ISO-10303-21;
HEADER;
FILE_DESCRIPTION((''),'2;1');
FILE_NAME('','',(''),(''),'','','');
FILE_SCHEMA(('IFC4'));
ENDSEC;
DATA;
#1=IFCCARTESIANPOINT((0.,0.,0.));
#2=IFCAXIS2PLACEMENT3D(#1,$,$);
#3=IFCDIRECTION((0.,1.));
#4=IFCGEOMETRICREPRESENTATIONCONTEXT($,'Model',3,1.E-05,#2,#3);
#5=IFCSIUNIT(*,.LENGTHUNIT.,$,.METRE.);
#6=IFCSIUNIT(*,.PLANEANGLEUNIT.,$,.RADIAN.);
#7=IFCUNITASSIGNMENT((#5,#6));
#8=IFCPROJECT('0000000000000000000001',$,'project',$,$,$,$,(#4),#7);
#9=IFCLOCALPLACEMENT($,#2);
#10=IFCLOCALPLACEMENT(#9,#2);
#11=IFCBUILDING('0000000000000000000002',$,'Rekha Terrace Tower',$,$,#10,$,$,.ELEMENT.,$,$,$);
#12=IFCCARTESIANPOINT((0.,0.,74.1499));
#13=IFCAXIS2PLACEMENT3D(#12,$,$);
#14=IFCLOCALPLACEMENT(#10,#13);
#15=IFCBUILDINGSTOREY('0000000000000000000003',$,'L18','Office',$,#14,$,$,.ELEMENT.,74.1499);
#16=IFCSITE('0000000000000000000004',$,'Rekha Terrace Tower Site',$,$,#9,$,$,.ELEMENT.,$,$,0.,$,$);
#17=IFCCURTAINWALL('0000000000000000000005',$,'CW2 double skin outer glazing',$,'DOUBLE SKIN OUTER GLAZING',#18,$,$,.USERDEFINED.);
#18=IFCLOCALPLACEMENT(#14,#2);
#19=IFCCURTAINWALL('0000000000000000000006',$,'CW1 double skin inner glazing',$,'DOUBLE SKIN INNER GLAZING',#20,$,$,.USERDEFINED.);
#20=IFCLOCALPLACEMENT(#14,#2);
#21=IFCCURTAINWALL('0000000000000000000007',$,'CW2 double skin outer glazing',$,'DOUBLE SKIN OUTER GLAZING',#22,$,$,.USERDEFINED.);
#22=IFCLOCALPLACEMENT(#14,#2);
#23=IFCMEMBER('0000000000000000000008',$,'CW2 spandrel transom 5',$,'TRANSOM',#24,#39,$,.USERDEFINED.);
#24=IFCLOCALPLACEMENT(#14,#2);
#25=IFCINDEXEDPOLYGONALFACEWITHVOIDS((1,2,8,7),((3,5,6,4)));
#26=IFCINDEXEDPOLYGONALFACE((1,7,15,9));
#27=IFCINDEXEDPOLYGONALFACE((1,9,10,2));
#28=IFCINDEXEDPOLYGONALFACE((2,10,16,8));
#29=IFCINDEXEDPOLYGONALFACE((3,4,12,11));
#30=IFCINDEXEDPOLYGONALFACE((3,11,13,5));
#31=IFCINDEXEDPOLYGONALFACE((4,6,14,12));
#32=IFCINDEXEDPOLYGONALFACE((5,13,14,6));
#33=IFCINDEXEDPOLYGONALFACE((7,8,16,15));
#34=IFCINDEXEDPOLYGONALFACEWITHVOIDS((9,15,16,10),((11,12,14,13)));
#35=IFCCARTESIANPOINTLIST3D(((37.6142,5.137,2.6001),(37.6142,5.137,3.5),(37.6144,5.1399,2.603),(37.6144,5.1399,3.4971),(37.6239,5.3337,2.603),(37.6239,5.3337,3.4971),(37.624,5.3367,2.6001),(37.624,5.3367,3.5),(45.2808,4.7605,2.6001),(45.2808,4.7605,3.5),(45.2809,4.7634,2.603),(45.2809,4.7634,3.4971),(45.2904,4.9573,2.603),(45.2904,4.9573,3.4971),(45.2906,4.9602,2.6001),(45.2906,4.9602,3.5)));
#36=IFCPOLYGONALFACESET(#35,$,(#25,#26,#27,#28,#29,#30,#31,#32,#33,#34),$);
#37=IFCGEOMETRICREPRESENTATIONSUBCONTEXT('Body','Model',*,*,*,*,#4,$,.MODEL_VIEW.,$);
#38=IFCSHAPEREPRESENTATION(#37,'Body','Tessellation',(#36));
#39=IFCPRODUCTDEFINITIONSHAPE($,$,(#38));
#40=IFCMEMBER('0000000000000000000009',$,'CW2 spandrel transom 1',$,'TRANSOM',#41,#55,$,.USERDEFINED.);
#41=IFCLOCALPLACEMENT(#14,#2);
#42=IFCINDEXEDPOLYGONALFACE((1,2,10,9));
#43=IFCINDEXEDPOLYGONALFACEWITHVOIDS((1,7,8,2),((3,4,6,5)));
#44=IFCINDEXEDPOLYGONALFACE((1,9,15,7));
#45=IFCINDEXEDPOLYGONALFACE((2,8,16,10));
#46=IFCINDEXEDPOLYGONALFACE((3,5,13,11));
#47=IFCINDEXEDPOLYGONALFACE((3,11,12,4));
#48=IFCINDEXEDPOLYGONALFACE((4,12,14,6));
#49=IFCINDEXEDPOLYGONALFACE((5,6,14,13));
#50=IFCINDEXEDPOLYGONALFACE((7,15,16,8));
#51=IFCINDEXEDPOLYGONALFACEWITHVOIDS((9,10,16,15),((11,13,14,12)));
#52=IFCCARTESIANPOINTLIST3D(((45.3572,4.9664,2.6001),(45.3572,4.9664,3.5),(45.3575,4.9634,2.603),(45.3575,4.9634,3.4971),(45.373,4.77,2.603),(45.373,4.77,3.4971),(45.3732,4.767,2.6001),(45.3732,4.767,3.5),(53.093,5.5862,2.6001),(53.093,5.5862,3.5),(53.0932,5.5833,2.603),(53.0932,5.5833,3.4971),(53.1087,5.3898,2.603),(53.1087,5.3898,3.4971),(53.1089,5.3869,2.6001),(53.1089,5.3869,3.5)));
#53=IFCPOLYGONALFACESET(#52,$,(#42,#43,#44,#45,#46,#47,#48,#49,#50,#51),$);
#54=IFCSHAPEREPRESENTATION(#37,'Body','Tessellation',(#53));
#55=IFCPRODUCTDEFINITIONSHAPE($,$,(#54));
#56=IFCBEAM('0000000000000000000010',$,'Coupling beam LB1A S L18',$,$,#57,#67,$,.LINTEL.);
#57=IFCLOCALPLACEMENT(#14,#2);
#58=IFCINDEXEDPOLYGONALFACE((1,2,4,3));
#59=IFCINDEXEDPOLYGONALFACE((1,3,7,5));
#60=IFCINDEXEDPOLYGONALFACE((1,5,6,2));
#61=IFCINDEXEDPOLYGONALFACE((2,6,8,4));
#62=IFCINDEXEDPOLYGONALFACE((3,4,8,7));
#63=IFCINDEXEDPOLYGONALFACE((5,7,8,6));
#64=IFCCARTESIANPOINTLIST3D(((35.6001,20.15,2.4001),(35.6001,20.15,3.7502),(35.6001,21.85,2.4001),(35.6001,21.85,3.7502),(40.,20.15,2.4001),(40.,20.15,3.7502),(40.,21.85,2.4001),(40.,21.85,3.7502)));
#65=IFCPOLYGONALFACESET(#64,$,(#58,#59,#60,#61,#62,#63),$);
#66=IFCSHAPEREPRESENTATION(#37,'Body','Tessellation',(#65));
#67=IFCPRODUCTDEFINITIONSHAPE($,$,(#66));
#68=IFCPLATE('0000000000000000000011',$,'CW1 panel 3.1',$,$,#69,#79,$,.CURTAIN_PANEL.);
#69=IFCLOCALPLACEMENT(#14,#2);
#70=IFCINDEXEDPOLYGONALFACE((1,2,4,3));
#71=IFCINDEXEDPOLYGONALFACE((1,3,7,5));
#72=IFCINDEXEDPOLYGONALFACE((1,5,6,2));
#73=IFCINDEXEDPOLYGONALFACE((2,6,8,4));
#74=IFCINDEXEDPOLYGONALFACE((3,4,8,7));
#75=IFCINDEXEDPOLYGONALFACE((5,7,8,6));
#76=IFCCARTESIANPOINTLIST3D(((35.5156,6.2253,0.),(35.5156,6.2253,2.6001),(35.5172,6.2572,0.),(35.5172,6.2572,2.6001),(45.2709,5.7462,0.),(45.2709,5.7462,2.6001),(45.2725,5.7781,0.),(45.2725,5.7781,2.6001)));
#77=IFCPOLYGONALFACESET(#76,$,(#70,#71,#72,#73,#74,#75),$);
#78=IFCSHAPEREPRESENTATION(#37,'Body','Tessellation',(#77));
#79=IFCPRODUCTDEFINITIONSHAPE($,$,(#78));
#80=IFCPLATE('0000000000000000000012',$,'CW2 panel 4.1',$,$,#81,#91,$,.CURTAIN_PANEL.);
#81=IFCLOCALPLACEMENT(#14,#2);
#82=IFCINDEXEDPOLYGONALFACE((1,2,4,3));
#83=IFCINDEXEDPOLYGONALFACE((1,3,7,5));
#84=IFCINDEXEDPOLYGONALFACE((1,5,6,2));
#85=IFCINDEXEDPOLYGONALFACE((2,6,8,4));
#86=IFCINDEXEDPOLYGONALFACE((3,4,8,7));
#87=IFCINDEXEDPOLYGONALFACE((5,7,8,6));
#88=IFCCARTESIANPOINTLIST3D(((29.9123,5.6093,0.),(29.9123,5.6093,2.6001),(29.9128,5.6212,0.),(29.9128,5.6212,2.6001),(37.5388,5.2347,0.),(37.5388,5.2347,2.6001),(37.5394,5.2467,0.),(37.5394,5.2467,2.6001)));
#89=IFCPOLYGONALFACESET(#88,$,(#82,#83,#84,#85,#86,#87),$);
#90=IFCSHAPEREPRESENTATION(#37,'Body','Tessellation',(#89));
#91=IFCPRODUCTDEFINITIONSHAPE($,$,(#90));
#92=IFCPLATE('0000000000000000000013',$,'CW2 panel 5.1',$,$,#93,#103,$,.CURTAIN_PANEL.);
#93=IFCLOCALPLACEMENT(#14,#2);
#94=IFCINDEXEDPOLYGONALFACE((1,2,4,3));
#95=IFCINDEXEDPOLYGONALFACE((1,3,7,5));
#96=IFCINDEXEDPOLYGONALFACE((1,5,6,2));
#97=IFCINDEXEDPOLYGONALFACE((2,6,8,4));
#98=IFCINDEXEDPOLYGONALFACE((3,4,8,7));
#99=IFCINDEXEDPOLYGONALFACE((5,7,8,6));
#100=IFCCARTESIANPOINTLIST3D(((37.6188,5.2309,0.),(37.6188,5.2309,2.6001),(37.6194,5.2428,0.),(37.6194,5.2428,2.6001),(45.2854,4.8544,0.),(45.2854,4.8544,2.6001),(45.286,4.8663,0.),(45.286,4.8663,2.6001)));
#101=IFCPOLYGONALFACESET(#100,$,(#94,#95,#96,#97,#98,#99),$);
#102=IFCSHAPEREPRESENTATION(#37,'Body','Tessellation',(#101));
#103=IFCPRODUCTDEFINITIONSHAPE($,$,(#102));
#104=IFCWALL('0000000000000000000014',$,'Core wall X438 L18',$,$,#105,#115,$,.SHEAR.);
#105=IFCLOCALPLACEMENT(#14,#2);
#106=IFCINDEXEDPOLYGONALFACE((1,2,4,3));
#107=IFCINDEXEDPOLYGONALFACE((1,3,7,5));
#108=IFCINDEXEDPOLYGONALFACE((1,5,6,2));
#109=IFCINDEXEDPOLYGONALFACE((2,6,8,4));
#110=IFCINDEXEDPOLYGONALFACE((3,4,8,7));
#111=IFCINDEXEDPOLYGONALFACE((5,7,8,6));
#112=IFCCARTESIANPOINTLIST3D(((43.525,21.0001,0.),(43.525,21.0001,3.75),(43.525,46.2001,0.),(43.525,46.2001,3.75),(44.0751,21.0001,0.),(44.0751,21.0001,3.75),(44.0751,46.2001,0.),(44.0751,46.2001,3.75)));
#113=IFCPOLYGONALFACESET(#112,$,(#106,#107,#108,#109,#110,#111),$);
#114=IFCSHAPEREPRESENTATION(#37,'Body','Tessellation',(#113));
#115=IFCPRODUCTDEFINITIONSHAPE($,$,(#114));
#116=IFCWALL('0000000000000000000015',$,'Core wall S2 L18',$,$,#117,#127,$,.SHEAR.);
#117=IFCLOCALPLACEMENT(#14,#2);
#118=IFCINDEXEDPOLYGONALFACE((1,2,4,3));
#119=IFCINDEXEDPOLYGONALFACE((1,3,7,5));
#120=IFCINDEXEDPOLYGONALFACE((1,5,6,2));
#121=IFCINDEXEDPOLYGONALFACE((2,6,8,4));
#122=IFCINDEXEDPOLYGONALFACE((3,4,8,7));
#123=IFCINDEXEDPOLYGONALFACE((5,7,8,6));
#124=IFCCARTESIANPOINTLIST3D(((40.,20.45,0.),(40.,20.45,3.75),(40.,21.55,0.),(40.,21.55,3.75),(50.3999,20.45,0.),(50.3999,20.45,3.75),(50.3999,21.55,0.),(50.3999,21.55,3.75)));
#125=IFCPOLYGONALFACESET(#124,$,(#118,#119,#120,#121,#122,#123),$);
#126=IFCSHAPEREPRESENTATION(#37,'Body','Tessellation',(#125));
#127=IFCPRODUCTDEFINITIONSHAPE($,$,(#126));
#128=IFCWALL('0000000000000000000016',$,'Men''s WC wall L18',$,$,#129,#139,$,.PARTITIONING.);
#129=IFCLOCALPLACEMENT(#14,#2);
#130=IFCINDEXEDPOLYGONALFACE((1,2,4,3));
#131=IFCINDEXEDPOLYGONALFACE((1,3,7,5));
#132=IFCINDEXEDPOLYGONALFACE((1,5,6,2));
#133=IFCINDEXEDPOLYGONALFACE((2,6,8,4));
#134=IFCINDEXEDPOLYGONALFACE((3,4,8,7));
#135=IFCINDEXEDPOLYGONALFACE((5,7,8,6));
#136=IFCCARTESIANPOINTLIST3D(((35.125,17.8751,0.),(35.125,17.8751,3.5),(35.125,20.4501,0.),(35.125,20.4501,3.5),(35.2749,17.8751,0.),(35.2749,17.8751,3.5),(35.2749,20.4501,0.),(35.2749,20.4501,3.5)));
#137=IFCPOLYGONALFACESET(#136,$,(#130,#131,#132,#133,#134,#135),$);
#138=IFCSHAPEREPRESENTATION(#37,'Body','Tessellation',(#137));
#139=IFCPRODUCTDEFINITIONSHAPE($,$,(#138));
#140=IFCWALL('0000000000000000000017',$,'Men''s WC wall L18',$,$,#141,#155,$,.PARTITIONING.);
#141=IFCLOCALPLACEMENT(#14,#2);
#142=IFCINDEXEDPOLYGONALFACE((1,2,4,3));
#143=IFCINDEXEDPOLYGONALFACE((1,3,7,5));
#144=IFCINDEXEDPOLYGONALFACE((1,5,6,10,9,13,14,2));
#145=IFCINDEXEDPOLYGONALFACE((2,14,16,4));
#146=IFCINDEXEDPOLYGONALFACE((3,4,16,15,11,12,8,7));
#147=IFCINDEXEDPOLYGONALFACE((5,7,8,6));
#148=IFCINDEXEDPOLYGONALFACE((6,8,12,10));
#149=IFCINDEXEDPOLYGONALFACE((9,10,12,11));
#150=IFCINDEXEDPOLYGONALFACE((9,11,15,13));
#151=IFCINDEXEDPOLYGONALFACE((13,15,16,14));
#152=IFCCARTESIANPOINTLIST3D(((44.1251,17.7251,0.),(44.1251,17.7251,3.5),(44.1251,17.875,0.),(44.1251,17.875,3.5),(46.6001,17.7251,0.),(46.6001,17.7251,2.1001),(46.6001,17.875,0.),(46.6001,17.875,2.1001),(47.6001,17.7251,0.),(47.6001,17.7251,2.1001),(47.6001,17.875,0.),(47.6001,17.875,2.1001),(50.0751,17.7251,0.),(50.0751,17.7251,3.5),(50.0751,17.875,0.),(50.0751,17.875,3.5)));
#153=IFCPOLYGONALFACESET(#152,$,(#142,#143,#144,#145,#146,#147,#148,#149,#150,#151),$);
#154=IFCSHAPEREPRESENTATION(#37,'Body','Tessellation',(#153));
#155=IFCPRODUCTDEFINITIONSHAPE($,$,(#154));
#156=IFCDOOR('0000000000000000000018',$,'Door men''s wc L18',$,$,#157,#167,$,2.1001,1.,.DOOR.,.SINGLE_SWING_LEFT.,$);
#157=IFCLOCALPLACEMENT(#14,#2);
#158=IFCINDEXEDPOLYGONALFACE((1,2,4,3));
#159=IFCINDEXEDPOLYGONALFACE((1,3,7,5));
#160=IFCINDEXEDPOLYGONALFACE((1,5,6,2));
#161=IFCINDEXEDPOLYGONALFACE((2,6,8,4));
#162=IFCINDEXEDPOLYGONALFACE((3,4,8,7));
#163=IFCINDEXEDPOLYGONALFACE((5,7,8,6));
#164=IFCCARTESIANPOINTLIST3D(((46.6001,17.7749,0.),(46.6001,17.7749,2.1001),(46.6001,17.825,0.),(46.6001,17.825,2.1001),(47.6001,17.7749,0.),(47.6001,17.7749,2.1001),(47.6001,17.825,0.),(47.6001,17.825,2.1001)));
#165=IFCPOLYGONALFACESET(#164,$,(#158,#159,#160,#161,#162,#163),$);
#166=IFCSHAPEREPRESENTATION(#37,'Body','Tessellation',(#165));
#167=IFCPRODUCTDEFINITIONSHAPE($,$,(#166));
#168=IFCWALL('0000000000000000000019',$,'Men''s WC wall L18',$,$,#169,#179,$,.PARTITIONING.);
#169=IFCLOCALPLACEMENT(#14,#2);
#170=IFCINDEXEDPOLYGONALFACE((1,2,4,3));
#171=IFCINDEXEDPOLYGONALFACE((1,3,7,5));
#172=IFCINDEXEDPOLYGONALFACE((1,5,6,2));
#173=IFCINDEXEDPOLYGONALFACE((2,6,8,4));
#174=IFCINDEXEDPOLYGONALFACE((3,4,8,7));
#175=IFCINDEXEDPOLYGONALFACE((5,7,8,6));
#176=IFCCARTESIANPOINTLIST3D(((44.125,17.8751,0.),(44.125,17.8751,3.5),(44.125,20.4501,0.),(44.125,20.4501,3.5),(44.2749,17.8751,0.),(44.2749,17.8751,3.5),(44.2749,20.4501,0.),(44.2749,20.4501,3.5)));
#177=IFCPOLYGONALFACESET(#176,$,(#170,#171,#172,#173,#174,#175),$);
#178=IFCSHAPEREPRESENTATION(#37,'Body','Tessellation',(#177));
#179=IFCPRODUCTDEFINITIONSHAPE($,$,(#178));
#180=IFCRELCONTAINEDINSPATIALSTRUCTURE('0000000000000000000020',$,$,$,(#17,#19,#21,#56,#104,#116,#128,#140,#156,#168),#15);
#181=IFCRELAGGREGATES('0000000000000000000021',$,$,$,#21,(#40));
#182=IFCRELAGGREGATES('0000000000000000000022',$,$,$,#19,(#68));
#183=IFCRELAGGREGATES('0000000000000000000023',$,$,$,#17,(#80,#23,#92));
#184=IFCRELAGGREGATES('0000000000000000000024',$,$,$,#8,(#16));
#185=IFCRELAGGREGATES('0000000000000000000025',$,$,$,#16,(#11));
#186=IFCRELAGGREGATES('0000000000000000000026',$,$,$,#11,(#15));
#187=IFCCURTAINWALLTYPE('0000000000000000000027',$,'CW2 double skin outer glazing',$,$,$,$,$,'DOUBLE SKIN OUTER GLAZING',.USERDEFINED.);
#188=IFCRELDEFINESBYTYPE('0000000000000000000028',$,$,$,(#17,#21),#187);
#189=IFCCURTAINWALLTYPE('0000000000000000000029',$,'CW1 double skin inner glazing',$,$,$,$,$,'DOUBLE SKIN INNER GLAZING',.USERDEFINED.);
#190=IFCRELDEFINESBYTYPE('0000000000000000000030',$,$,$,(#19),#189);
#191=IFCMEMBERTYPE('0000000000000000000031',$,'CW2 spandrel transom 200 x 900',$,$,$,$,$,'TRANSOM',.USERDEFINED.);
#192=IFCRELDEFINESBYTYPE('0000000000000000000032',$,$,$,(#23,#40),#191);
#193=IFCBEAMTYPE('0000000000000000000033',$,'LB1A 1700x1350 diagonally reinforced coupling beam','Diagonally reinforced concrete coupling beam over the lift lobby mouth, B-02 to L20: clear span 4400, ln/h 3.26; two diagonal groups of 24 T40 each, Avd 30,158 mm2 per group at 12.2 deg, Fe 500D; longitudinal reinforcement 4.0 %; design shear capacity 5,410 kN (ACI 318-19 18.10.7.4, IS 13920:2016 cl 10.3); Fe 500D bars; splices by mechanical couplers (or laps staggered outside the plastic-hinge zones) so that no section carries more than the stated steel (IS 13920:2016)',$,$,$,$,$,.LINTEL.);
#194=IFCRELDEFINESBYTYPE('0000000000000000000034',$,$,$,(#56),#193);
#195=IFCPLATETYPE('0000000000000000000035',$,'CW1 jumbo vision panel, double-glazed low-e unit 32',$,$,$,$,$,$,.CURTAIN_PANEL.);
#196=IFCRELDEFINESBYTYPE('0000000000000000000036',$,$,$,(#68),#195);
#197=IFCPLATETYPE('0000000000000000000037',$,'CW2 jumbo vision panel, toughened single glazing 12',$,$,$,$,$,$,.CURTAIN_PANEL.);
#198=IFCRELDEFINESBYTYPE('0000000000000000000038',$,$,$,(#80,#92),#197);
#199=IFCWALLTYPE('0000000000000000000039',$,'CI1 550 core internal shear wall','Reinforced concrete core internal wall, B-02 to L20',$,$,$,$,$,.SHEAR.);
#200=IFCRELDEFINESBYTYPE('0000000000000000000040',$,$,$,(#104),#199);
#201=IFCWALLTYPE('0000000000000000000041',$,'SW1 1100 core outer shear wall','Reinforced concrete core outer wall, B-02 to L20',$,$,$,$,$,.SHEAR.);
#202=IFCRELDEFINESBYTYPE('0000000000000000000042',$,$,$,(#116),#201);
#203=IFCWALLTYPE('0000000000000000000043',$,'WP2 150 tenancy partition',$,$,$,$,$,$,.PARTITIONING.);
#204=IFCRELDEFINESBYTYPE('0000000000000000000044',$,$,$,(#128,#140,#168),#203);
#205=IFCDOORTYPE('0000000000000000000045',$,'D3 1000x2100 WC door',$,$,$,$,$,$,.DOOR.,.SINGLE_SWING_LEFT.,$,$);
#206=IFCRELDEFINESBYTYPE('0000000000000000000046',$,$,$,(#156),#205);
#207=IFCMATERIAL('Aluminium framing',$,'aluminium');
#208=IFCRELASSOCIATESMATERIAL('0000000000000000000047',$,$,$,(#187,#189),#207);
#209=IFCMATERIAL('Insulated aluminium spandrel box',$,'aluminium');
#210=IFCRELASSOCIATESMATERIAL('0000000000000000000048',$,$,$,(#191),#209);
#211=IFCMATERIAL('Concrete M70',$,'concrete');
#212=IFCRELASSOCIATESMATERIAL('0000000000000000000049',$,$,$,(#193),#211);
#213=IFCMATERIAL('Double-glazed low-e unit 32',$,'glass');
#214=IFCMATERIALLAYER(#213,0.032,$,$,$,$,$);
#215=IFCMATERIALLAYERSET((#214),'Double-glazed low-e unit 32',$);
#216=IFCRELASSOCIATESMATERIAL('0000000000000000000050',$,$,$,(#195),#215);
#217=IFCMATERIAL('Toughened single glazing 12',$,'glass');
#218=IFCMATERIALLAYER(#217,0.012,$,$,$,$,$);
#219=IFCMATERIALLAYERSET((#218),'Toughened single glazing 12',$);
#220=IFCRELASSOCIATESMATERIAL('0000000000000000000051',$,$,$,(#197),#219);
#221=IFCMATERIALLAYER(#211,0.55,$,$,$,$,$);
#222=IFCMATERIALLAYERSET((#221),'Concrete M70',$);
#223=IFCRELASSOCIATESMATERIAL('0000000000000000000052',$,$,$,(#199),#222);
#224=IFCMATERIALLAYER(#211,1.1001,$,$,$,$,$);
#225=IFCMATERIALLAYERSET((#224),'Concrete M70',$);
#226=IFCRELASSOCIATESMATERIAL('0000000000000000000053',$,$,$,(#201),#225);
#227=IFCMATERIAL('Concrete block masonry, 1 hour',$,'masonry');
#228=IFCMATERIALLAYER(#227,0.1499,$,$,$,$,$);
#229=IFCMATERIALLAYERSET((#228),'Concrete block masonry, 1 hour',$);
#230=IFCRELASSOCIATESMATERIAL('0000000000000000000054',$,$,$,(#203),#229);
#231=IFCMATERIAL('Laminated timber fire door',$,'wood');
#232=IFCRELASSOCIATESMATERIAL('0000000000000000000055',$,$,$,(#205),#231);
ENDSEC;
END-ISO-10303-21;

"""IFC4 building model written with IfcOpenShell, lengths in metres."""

from ifc_helpers import new_model, si_unit, direction, frame, frame_2d, origin, origin_2d, place, context, subcontext, project, spatial, rectangle, hollow_rectangle, extrude, material, layer, layer_set, material_profile, profile_set, type_object, element, fill, aggregate, save


model = new_model("IFC4")

# Units and contexts
model_context = context("Model", 3, precision=1e-05, world=origin(), true_north=direction((0.0, 1.0)))
body_context = subcontext(model_context, "Body", "Model", "MODEL_VIEW")
ifc_project = project(units=[si_unit("LENGTHUNIT", "METRE"), si_unit("PLANEANGLEUNIT", "RADIAN")], contexts=[model_context])

# Site, building, storey
site_placement = place(None, origin())
site = spatial("IfcSite", under=ifc_project, at=site_placement, Name="Rekha Terrace Tower Site", CompositionType="ELEMENT", RefElevation=0.0)
building_placement = place(site_placement, origin())
building = spatial("IfcBuilding", under=site, at=building_placement, Name="Rekha Terrace Tower", CompositionType="ELEMENT")
storey_placement = place(building_placement, frame((0.0, 0.0, 74.1499)))
storey = spatial("IfcBuildingStorey", under=building, at=storey_placement, Name="L18", Description="Office", CompositionType="ELEMENT", Elevation=74.1499)

# Shared definitions
ifc_material_1 = material(Name="Concrete M70", Category="concrete")

# Curtain walls
ifc_material_2 = material(Name="Aluminium framing", Category="aluminium")
curtain_wall_type_1 = type_object("IfcCurtainWallType", Name="CW2 double skin outer glazing", ElementType="DOUBLE SKIN OUTER GLAZING", PredefinedType="USERDEFINED", material=ifc_material_2)
curtain_wall_1_placement = place(storey_placement, origin())
curtain_wall_1 = element("IfcCurtainWall", 1, at=curtain_wall_1_placement, inside=storey, type_object=curtain_wall_type_1, Name="CW2 double skin outer glazing", ObjectType="DOUBLE SKIN OUTER GLAZING", PredefinedType="USERDEFINED")
curtain_wall_type_2 = type_object("IfcCurtainWallType", Name="CW1 double skin inner glazing", ElementType="DOUBLE SKIN INNER GLAZING", PredefinedType="USERDEFINED", material=ifc_material_2)
curtain_wall_2_placement = place(storey_placement, origin())
curtain_wall_2 = element("IfcCurtainWall", 2, at=curtain_wall_2_placement, inside=storey, type_object=curtain_wall_type_2, Name="CW1 double skin inner glazing", ObjectType="DOUBLE SKIN INNER GLAZING", PredefinedType="USERDEFINED")

# Shared definitions
ifc_material_3 = material(Name="Insulated aluminium spandrel box", Category="aluminium")

# Curtain wall
curtain_wall_3_placement = place(storey_placement, origin())
curtain_wall_3 = element("IfcCurtainWall", 3, at=curtain_wall_3_placement, inside=storey, type_object=curtain_wall_type_1, Name="CW2 double skin outer glazing", ObjectType="DOUBLE SKIN OUTER GLAZING", PredefinedType="USERDEFINED")

# Members
ifc_material_profile_1 = material_profile(ifc_material_3, hollow_rectangle(XDim=0.2, YDim=0.8999, WallThickness=0.0029, at=origin_2d()), Name="AL SPANDREL BOX 200x900")
ifc_profile_set_1 = profile_set([ifc_material_profile_1], Name="Insulated aluminium spandrel box")
member_type_1 = type_object("IfcMemberType", Name="CW2 spandrel transom 200 x 900", ElementType="TRANSOM", PredefinedType="USERDEFINED", material=ifc_profile_set_1)
member_1_placement = place(storey_placement, frame((37.6191, 5.2368, 3.05), z_axis=(0.998797, -0.049046, 0.0), x_axis=(0.049046, 0.998797, 0.0)))
member_1 = element("IfcMember", 4, at=member_1_placement, type_object=member_type_1, Name="CW2 spandrel transom 5", ObjectType="TRANSOM", PredefinedType="USERDEFINED", context=body_context, shape_type="SweptSolid", body=[
    extrude(hollow_rectangle(XDim=0.2, YDim=0.8999, WallThickness=0.0029, at=origin_2d()), origin(), (0.0, 0.0, 1.0), 7.6758),
])
member_2_placement = place(storey_placement, frame((45.3652, 4.8667, 3.05), z_axis=(0.996805, 0.079877, 0.0), x_axis=(-0.079877, 0.996805, 0.0)))
member_2 = element("IfcMember", 5, at=member_2_placement, type_object=member_type_1, Name="CW2 spandrel transom 1", ObjectType="TRANSOM", PredefinedType="USERDEFINED", context=body_context, shape_type="SweptSolid", body=[
    extrude(hollow_rectangle(XDim=0.2, YDim=0.8999, WallThickness=0.0029, at=origin_2d()), origin(), (0.0, 0.0, 1.0), 7.7605),
])
aggregate(curtain_wall_3, [member_2])

# Beam
ifc_material_profile_2 = material_profile(ifc_material_1, rectangle(XDim=1.7, YDim=1.3501, at=origin_2d()), Name="RC 1700x1350")
ifc_profile_set_2 = profile_set([ifc_material_profile_2], Name="Concrete M70")
beam_type = type_object("IfcBeamType", Name="LB1A 1700x1350 diagonally reinforced coupling beam", Description="Diagonally reinforced concrete coupling beam over the lift lobby mouth, B-02 to L20: clear span 4400, ln/h 3.26; two diagonal groups of 24 T40 each, Avd 30,158 mm2 per group at 12.2 deg, Fe 500D; longitudinal reinforcement 4.0 %; design shear capacity 5,410 kN (ACI 318-19 18.10.7.4, IS 13920:2016 cl 10.3); Fe 500D bars; splices by mechanical couplers (or laps staggered outside the plastic-hinge zones) so that no section carries more than the stated steel (IS 13920:2016)", PredefinedType="LINTEL", material=ifc_profile_set_2)
beam_placement = place(storey_placement, frame((35.6001, 21.0, 3.0752), z_axis=(1.0, 0.0, 0.0), x_axis=(0.0, 1.0, 0.0)))
element("IfcBeam", 6, at=beam_placement, inside=storey, type_object=beam_type, Name="Coupling beam LB1A S L18", PredefinedType="LINTEL", context=body_context, shape_type="SweptSolid", body=[
    extrude(rectangle(XDim=1.7, YDim=1.3501, at=origin_2d()), origin(), (0.0, 0.0, 1.0), 4.3999),
])

# Plates
ifc_material_4 = material(Name="Double-glazed low-e unit 32", Category="glass")
ifc_layer_1 = layer(ifc_material_4, 0.032)
ifc_layer_set_1 = layer_set([ifc_layer_1], Name="Double-glazed low-e unit 32")
plate_type_1 = type_object("IfcPlateType", Name="CW1 jumbo vision panel, double-glazed low-e unit 32", PredefinedType="CURTAIN_PANEL", material=ifc_layer_set_1)
plate_1_placement = place(storey_placement, frame((40.394, 6.0017, 0.0), z_axis=(0.0, 0.0, 1.0), x_axis=(0.998796, -0.049052, 0.0)))
plate_1 = element("IfcPlate", 7, at=plate_1_placement, type_object=plate_type_1, Name="CW1 panel 3.1", PredefinedType="CURTAIN_PANEL", context=body_context, shape_type="SweptSolid", body=[
    extrude(rectangle(XDim=9.7671, YDim=0.032, at=origin_2d()), origin(), (0.0, 0.0, 1.0), 2.6001),
])
aggregate(curtain_wall_2, [plate_1])
ifc_material_5 = material(Name="Toughened single glazing 12", Category="glass")
ifc_layer_2 = layer(ifc_material_5, 0.012)
ifc_layer_set_2 = layer_set([ifc_layer_2], Name="Toughened single glazing 12")
plate_type_2 = type_object("IfcPlateType", Name="CW2 jumbo vision panel, toughened single glazing 12", PredefinedType="CURTAIN_PANEL", material=ifc_layer_set_2)
plate_2_placement = place(storey_placement, frame((33.7258, 5.428, 0.0), z_axis=(0.0, 0.0, 1.0), x_axis=(0.998796, -0.049052, 0.0)))
plate_2 = element("IfcPlate", 8, at=plate_2_placement, type_object=plate_type_2, Name="CW2 panel 4.1", PredefinedType="CURTAIN_PANEL", context=body_context, shape_type="SweptSolid", body=[
    extrude(rectangle(XDim=7.6357, YDim=0.012, at=origin_2d()), origin(), (0.0, 0.0, 1.0), 2.6001),
])
plate_3_placement = place(storey_placement, frame((41.4524, 5.0486, 0.0), z_axis=(0.0, 0.0, 1.0), x_axis=(0.998796, -0.049052, 0.0)))
plate_3 = element("IfcPlate", 9, at=plate_3_placement, type_object=plate_type_2, Name="CW2 panel 5.1", PredefinedType="CURTAIN_PANEL", context=body_context, shape_type="SweptSolid", body=[
    extrude(rectangle(XDim=7.6758, YDim=0.012, at=origin_2d()), origin(), (0.0, 0.0, 1.0), 2.6001),
])
aggregate(curtain_wall_1, [plate_2, member_1, plate_3])

# Walls
ifc_layer_3 = layer(ifc_material_1, 0.55)
ifc_layer_set_3 = layer_set([ifc_layer_3], Name="Concrete M70")
wall_type_1 = type_object("IfcWallType", Name="CI1 550 core internal shear wall", Description="Reinforced concrete core internal wall, B-02 to L20", PredefinedType="SHEAR", material=ifc_layer_set_3)
wall_1_placement = place(storey_placement, frame((43.8, 21.0, 0.0), z_axis=(0.0, 0.0, 1.0), x_axis=(0.0, 1.0, 0.0)))
element("IfcWall", 10, at=wall_1_placement, inside=storey, type_object=wall_type_1, Name="Core wall X438 L18", PredefinedType="SHEAR", context=body_context, shape_type="SweptSolid", body=[
    extrude(rectangle(XDim=25.2, YDim=0.55, at=frame_2d((12.6001, 0.0))), origin(), (0.0, 0.0, 1.0), 3.75),
])
ifc_layer_4 = layer(ifc_material_1, 1.1001)
ifc_layer_set_4 = layer_set([ifc_layer_4], Name="Concrete M70")
wall_type_2 = type_object("IfcWallType", Name="SW1 1100 core outer shear wall", Description="Reinforced concrete core outer wall, B-02 to L20", PredefinedType="SHEAR", material=ifc_layer_set_4)
wall_2_placement = place(storey_placement, frame((40.0, 21.0, 0.0), z_axis=(0.0, 0.0, 1.0), x_axis=(1.0, 0.0, 0.0)))
element("IfcWall", 11, at=wall_2_placement, inside=storey, type_object=wall_type_2, Name="Core wall S2 L18", PredefinedType="SHEAR", context=body_context, shape_type="SweptSolid", body=[
    extrude(rectangle(XDim=10.3999, YDim=1.1001, at=frame_2d((5.2, 0.0))), origin(), (0.0, 0.0, 1.0), 3.75),
])
ifc_material_6 = material(Name="Concrete block masonry, 1 hour", Category="masonry")
ifc_layer_5 = layer(ifc_material_6, 0.1499)
ifc_layer_set_5 = layer_set([ifc_layer_5], Name="Concrete block masonry, 1 hour")
wall_type_3 = type_object("IfcWallType", Name="WP2 150 tenancy partition", PredefinedType="PARTITIONING", material=ifc_layer_set_5)
wall_3_placement = place(storey_placement, frame((35.2, 17.875, 0.0), z_axis=(0.0, 0.0, 1.0), x_axis=(0.0, 1.0, 0.0)))
element("IfcWall", 12, at=wall_3_placement, inside=storey, type_object=wall_type_3, Name="Men's WC wall L18", PredefinedType="PARTITIONING", context=body_context, shape_type="SweptSolid", body=[
    extrude(rectangle(XDim=2.575, YDim=0.1499, at=frame_2d((1.2876, 0.0))), origin(), (0.0, 0.0, 1.0), 3.5),
])

# Wall, opening, door
wall_4_placement = place(storey_placement, frame((44.125, 17.8, 0.0), z_axis=(0.0, 0.0, 1.0), x_axis=(1.0, 0.0, 0.0)))
wall_4 = element("IfcWall", 13, at=wall_4_placement, inside=storey, type_object=wall_type_3, Name="Men's WC wall L18", PredefinedType="PARTITIONING", context=body_context, shape_type="SweptSolid", body=[
    extrude(rectangle(XDim=5.95, YDim=0.1499, at=frame_2d((2.9751, 0.0))), origin(), (0.0, 0.0, 1.0), 3.5),
])
opening_1_placement = place(wall_4_placement, frame((2.4751, 0.0, 0.0)))
opening_1 = element("IfcOpeningElement", 14, at=opening_1_placement, cuts=wall_4, PredefinedType="OPENING", context=body_context, shape_type="SweptSolid", body=[
    extrude(rectangle(XDim=1.0, YDim=2.1001, at=frame_2d((0.5, 1.05))), frame((0.0, 0.085, 0.0), z_axis=(0.0, -1.0, 0.0), x_axis=(1.0, 0.0, 0.0)), (0.0, 0.0, 1.0), 0.1699),
])
ifc_material_7 = material(Name="Laminated timber fire door", Category="wood")
door_type_1 = type_object("IfcDoorType", Name="D3 1000x2100 WC door", OperationType="SINGLE_SWING_LEFT", PredefinedType="DOOR", material=ifc_material_7)
door_1_placement = place(opening_1_placement, origin())
door_1 = element("IfcDoor", 15, at=door_1_placement, inside=storey, type_object=door_type_1, Name="Door men's wc L18", OperationType="SINGLE_SWING_LEFT", OverallHeight=2.1001, OverallWidth=1.0, PredefinedType="DOOR", context=body_context, shape_type="SweptSolid", body=[
    extrude(rectangle(XDim=1.0, YDim=2.1001, at=frame_2d((0.5, 1.05))), frame((0.0, 0.0249, 0.0), z_axis=(0.0, -1.0, 0.0), x_axis=(1.0, 0.0, 0.0)), (0.0, 0.0, 1.0), 0.05),
])
fill(opening_1, door_1)

# Wall
wall_5_placement = place(storey_placement, frame((44.2, 17.875, 0.0), z_axis=(0.0, 0.0, 1.0), x_axis=(0.0, 1.0, 0.0)))
element("IfcWall", 16, at=wall_5_placement, inside=storey, type_object=wall_type_3, Name="Men's WC wall L18", PredefinedType="PARTITIONING", context=body_context, shape_type="SweptSolid", body=[
    extrude(rectangle(XDim=2.575, YDim=0.1499, at=frame_2d((1.2876, 0.0))), origin(), (0.0, 0.0, 1.0), 3.5),
])

save(model, "model.ifc")
